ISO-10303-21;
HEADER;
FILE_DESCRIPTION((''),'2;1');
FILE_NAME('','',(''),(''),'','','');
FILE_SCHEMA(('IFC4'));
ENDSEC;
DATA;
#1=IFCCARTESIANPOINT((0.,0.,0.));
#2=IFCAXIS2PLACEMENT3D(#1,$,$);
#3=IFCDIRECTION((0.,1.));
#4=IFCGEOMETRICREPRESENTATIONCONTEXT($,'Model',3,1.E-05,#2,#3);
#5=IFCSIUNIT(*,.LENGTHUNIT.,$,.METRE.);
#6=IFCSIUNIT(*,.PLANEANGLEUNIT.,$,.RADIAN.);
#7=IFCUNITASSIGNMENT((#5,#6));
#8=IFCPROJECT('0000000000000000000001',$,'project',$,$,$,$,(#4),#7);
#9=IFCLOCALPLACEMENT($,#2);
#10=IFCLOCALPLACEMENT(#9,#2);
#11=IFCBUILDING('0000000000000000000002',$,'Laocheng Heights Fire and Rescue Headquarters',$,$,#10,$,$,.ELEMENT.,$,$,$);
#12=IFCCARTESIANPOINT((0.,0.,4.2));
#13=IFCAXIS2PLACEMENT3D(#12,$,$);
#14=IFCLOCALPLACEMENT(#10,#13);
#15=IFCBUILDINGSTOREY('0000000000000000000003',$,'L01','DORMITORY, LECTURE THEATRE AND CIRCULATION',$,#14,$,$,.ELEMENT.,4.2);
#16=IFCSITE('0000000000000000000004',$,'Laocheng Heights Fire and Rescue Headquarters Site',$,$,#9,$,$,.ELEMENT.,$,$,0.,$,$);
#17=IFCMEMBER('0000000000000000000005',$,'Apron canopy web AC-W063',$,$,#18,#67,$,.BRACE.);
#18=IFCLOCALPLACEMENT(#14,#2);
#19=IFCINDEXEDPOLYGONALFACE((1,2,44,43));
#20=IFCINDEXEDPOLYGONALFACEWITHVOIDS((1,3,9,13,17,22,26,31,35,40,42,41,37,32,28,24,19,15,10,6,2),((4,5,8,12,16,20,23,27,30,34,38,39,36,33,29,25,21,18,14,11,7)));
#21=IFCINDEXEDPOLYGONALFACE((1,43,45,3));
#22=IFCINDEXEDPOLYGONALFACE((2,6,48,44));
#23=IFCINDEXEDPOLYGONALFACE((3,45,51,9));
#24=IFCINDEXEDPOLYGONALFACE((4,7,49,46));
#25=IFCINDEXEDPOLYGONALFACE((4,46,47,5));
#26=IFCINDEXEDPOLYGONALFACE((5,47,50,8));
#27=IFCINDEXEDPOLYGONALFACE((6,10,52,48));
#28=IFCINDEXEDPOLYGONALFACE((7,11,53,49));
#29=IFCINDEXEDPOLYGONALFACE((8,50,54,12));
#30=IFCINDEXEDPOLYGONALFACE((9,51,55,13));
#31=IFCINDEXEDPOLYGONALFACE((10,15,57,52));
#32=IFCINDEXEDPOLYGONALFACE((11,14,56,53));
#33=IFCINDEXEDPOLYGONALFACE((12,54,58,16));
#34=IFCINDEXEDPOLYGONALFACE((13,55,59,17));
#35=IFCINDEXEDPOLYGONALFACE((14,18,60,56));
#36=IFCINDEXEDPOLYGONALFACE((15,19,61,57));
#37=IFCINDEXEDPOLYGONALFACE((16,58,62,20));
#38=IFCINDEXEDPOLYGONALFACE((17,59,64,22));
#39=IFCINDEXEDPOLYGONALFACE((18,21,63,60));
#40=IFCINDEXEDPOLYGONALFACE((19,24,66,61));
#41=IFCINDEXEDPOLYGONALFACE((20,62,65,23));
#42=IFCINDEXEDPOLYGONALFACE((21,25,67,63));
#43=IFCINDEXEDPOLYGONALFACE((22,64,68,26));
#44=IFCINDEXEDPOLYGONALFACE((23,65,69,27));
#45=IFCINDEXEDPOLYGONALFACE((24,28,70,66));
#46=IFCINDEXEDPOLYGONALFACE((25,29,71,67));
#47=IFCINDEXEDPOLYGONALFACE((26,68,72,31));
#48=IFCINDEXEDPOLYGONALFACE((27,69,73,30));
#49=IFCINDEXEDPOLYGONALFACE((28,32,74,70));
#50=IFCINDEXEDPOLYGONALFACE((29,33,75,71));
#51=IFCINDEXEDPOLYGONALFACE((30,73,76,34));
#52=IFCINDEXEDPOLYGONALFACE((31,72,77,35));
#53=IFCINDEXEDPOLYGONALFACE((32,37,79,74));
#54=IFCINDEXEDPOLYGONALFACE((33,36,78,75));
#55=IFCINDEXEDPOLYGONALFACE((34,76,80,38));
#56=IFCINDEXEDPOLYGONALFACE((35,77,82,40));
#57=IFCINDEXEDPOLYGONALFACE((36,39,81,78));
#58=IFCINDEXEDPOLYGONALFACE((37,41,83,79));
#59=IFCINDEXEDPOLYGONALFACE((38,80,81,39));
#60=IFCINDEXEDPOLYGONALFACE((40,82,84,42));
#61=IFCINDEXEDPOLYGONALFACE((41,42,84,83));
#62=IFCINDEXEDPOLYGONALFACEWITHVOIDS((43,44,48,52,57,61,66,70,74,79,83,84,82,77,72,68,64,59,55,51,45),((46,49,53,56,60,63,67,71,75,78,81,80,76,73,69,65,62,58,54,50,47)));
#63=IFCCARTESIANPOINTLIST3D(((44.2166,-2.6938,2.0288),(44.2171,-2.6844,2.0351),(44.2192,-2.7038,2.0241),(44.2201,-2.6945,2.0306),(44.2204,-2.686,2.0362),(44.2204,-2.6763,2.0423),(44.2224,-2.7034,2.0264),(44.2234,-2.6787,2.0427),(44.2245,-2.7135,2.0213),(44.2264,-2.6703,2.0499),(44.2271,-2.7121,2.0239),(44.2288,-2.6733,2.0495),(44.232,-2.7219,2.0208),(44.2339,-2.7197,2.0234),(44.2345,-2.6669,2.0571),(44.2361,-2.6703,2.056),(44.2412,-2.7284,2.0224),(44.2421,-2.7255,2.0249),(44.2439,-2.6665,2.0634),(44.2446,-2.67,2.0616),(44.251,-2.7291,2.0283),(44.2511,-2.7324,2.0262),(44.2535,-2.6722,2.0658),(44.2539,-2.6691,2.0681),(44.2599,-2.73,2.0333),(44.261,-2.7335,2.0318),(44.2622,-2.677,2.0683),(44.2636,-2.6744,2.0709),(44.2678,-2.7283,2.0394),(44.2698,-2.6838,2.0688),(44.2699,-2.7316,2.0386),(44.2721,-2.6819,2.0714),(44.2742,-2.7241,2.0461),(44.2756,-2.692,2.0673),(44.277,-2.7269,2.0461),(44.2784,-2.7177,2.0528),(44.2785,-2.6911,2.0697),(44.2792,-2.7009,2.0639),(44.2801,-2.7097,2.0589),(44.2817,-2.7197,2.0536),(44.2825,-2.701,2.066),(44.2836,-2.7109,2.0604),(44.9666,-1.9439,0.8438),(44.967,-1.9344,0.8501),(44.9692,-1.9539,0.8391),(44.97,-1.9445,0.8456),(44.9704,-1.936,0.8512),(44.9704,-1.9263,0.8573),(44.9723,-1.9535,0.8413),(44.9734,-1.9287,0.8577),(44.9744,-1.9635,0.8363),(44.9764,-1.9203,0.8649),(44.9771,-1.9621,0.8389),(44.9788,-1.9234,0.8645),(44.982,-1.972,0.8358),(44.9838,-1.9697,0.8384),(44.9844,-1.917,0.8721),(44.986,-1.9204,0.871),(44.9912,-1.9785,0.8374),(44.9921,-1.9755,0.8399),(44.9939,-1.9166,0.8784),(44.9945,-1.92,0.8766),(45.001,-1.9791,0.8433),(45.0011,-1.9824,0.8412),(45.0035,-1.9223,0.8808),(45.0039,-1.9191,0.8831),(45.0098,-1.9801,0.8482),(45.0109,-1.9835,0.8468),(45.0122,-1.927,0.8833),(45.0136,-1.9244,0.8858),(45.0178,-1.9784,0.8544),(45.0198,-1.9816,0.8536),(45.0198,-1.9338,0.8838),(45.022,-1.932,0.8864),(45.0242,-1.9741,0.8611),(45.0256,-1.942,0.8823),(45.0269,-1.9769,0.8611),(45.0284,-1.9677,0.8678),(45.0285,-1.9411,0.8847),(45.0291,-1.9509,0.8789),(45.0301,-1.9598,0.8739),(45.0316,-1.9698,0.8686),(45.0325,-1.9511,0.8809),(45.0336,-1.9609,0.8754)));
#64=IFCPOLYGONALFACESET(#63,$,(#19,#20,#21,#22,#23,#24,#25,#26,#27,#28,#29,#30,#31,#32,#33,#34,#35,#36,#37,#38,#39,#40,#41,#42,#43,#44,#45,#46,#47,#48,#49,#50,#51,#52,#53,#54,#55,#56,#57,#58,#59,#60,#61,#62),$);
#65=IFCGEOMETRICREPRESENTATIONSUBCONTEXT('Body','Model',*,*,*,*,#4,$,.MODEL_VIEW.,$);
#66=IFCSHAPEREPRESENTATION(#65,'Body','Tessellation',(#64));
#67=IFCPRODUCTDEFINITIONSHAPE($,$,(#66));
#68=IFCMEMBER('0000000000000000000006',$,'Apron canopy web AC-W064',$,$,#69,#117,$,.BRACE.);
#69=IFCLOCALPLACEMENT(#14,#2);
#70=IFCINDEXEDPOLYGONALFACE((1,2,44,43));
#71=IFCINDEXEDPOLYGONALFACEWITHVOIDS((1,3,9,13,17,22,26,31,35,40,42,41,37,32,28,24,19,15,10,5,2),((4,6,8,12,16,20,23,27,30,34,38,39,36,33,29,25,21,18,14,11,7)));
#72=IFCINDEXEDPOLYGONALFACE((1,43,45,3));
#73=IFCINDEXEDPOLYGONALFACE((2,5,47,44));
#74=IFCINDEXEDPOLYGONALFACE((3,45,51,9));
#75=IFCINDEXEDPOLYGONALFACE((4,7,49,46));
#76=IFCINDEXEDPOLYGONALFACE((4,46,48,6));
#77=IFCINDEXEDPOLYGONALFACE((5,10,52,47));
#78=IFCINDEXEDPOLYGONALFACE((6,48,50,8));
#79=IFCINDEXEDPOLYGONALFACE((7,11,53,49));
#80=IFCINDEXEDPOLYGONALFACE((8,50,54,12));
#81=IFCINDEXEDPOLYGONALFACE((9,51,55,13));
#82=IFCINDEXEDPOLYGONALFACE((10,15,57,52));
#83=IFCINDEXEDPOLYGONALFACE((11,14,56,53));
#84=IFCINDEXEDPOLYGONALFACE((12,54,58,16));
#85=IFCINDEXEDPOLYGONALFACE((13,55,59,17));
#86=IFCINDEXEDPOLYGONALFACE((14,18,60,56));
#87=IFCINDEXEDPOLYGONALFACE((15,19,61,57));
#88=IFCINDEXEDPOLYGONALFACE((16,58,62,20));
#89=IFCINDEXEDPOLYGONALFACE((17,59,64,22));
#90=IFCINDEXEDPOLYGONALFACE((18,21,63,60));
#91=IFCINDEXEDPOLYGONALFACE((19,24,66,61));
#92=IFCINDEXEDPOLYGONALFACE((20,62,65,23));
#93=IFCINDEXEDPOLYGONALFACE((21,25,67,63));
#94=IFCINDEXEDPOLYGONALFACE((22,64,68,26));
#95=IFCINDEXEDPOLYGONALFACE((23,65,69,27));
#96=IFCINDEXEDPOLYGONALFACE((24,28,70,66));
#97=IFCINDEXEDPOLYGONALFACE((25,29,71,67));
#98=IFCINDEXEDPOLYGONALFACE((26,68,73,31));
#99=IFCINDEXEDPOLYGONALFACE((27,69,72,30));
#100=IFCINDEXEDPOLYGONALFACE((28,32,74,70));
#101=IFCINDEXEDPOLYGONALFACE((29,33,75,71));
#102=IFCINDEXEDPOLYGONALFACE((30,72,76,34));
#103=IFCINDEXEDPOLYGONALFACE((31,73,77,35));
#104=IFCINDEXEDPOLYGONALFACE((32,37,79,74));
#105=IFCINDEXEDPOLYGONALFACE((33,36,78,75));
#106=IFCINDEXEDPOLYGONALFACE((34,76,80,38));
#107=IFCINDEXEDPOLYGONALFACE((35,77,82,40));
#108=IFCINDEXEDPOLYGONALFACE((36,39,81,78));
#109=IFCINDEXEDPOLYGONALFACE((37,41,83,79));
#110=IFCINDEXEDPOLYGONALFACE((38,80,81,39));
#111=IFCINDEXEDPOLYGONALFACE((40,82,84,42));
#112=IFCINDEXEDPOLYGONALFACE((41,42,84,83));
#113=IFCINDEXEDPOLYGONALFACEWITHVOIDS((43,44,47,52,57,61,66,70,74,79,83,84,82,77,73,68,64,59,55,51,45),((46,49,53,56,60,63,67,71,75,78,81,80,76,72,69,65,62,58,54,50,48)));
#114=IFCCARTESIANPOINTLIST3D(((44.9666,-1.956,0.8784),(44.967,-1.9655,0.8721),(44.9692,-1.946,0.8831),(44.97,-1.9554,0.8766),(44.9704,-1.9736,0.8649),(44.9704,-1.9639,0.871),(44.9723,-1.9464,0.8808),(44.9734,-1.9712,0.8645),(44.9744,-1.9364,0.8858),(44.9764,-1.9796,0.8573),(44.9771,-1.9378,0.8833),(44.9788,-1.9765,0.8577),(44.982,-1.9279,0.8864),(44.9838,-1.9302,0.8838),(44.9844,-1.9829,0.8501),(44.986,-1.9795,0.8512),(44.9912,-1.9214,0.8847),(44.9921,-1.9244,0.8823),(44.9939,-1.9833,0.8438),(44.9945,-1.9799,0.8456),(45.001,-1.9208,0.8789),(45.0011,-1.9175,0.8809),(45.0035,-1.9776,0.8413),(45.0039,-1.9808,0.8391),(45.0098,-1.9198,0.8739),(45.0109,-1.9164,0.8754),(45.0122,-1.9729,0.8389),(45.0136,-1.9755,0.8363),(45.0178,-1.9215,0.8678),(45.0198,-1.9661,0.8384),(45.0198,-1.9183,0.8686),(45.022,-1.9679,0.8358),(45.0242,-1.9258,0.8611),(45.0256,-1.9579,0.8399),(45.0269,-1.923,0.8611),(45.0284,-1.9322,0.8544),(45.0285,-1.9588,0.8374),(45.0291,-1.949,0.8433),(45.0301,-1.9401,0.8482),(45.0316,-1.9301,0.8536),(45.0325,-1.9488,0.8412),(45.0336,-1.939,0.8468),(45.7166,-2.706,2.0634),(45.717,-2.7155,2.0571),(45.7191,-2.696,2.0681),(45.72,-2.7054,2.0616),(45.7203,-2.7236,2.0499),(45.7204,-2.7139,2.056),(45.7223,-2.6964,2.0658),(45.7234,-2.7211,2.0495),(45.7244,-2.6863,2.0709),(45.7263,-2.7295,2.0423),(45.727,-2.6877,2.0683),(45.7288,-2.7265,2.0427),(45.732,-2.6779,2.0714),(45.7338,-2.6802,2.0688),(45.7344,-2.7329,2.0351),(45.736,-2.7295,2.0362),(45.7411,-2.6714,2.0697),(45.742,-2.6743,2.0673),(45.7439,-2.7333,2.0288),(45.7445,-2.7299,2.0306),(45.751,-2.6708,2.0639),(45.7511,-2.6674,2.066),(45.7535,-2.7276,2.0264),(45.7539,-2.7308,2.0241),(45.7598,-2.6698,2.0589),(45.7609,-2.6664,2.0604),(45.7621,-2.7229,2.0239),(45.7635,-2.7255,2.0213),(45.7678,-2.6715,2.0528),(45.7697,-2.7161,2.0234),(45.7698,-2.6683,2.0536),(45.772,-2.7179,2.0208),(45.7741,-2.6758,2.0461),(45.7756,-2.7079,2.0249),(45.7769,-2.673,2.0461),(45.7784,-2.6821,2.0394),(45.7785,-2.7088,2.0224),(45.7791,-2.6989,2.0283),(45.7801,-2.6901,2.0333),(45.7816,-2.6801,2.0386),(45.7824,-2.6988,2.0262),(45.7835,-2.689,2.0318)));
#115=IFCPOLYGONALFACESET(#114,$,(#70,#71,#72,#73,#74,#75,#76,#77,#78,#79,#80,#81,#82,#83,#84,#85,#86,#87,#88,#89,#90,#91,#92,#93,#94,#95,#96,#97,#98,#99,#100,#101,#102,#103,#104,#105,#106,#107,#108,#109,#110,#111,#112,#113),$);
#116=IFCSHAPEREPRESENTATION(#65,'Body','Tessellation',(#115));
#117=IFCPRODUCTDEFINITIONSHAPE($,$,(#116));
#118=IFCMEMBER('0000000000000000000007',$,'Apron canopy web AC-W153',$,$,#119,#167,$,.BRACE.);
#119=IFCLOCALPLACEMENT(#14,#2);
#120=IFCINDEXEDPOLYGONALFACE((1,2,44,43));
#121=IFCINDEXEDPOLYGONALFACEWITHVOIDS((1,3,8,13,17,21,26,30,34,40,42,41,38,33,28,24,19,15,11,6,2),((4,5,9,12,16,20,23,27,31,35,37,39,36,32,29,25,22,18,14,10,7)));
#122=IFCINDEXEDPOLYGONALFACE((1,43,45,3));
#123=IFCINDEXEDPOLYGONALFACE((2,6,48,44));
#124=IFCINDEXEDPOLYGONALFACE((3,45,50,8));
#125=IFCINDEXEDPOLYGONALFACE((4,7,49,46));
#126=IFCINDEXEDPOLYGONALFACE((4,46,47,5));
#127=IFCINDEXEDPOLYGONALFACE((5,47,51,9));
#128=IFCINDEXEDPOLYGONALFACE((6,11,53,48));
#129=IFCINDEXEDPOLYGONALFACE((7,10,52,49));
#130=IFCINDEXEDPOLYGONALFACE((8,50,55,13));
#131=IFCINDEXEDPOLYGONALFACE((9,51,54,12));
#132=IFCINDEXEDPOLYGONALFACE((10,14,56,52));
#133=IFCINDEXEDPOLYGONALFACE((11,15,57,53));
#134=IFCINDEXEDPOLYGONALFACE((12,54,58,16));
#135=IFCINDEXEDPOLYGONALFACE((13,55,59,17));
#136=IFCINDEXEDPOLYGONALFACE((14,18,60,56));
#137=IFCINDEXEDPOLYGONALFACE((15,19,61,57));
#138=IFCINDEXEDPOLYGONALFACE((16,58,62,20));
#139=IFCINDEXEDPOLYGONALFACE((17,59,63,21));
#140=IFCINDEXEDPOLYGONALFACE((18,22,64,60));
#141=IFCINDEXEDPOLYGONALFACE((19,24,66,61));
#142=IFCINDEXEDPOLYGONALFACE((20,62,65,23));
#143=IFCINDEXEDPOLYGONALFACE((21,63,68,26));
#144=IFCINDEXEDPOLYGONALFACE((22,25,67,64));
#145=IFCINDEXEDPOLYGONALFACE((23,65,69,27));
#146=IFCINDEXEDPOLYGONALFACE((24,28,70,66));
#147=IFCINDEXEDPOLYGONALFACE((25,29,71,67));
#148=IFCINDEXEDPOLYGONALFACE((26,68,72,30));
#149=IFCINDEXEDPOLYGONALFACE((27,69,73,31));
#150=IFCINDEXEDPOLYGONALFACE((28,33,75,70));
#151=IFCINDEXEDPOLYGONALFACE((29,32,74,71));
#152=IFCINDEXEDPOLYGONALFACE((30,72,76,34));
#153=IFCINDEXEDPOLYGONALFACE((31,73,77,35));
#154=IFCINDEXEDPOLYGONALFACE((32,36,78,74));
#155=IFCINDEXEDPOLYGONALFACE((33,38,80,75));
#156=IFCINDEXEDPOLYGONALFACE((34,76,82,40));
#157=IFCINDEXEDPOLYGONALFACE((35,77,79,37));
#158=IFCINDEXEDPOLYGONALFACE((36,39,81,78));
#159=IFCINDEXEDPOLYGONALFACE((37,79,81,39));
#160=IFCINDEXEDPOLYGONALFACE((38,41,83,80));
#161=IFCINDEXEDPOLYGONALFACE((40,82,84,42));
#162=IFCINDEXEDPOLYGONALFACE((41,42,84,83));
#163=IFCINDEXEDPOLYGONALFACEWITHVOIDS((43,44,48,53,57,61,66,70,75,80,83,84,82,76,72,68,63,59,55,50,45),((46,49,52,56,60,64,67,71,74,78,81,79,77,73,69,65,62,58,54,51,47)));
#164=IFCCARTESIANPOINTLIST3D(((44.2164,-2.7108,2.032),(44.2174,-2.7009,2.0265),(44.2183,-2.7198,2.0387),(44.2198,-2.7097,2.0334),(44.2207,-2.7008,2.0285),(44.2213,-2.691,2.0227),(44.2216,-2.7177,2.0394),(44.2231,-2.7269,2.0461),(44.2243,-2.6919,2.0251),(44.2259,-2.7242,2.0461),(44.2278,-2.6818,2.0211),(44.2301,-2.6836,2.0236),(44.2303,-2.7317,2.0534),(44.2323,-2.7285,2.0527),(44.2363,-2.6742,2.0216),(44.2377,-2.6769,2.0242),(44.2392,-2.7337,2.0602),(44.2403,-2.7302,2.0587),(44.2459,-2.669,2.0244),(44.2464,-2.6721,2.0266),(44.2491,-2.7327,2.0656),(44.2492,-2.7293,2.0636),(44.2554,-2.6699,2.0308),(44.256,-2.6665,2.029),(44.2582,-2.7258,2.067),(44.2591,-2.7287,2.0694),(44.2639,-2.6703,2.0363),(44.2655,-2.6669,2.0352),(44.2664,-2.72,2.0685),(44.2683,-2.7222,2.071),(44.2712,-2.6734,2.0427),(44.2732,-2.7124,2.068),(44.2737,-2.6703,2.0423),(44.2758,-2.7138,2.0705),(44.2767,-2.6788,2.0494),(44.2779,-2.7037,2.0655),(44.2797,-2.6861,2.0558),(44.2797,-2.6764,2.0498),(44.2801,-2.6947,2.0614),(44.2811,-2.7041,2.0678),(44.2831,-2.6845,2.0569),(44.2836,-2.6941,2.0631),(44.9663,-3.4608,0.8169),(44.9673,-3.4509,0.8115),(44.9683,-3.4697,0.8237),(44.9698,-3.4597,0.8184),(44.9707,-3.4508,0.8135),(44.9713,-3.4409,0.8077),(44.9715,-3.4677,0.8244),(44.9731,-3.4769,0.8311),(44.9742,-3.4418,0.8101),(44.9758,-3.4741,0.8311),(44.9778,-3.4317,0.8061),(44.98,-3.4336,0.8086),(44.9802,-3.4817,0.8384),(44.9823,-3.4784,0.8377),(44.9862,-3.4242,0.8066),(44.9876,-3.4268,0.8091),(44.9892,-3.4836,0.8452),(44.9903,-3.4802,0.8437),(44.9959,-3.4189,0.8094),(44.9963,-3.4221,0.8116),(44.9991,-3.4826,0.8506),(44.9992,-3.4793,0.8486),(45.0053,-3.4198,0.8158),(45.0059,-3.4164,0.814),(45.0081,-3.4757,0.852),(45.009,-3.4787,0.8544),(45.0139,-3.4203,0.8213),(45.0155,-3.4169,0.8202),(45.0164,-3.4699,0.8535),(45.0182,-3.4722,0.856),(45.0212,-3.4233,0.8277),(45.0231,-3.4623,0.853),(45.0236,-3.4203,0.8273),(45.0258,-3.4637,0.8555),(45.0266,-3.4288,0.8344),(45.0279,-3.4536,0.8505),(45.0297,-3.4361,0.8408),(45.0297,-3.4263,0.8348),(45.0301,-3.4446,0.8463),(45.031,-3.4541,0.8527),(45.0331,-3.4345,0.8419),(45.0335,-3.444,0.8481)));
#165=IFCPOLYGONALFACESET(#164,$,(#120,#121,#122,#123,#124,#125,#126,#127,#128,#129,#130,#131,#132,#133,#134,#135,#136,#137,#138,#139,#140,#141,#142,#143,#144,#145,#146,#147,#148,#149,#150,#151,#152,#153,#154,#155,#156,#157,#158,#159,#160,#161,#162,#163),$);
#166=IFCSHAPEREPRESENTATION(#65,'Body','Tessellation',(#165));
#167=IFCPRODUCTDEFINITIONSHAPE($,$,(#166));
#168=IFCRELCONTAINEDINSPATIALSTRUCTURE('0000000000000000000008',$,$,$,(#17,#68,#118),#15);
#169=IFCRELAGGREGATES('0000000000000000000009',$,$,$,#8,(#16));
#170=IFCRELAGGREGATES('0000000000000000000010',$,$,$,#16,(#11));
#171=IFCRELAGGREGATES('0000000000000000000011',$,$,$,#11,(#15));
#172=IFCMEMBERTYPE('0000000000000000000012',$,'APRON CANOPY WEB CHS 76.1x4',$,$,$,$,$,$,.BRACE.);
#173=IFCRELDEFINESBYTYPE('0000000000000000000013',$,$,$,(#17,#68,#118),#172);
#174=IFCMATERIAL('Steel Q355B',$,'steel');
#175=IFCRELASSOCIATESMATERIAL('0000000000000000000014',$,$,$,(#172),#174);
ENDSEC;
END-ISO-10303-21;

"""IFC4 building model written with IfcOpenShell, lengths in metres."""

from ifc_helpers import new_model, si_unit, direction, frame, origin, origin_2d, place, context, subcontext, project, spatial, hollow_circle, extrude, material, material_profile, profile_set, type_object, element, save


model = new_model("IFC4")

# Units and contexts
model_context = context("Model", 3, precision=1e-05, world=origin(), true_north=direction((0.0, 1.0)))
body_context = subcontext(model_context, "Body", "Model", "MODEL_VIEW")
ifc_project = project(units=[si_unit("LENGTHUNIT", "METRE"), si_unit("PLANEANGLEUNIT", "RADIAN")], contexts=[model_context])

# Site, building, storey
site_placement = place(None, origin())
site = spatial("IfcSite", under=ifc_project, at=site_placement, Name="Laocheng Heights Fire and Rescue Headquarters Site", CompositionType="ELEMENT", RefElevation=0.0)
building_placement = place(site_placement, origin())
building = spatial("IfcBuilding", under=site, at=building_placement, Name="Laocheng Heights Fire and Rescue Headquarters", CompositionType="ELEMENT")
storey_placement = place(building_placement, frame((0.0, 0.0, 4.2)))
storey = spatial("IfcBuildingStorey", under=building, at=storey_placement, Name="L01", Description="DORMITORY, LECTURE THEATRE AND CIRCULATION", CompositionType="ELEMENT", Elevation=4.2)

# Members
ifc_material_1 = material(Name="Steel Q355B", Category="steel")
ifc_material_profile_1 = material_profile(ifc_material_1, hollow_circle(Radius=0.0381, WallThickness=0.0039, at=origin_2d()), Name="CHS 76.1x4")
ifc_profile_set_1 = profile_set([ifc_material_profile_1], Name="Steel Q355B")
member_type_1 = type_object("IfcMemberType", Name="APRON CANOPY WEB CHS 76.1x4", PredefinedType="BRACE", material=ifc_profile_set_1)
for number, where, z_axis, x_axis, name in (
    (1, (45.0, -1.95, 0.8611), (-0.47158, -0.47158, 0.745134), (0.707107, -0.707107, 0.0), "Apron canopy web AC-W063"),
    (2, (45.0, -1.95, 0.8611), (0.47158, -0.47158, 0.745134), (0.707107, 0.707107, 0.0), "Apron canopy web AC-W064"),
):
    element("IfcMember", number, at=place(storey_placement, frame(where, z_axis=z_axis, x_axis=x_axis)), inside=storey, type_object=member_type_1, Name=name, PredefinedType="BRACE", context=body_context, shape_type="SweptSolid", body=[
        extrude(hollow_circle(Radius=0.0381, WallThickness=0.0039, at=origin_2d()), origin(), (0.0, 0.0, 1.0), 1.5903),
    ])
for number, where, z_axis, x_axis, name in (
    (3, (45.0, -3.45, 0.8311), (-0.465002, 0.465002, 0.753357), (-0.707107, -0.707107, 0.0), "Apron canopy web AC-W153"),
):
    element("IfcMember", number, at=place(storey_placement, frame(where, z_axis=z_axis, x_axis=x_axis)), inside=storey, type_object=member_type_1, Name=name, PredefinedType="BRACE", context=body_context, shape_type="SweptSolid", body=[
        extrude(hollow_circle(Radius=0.0381, WallThickness=0.0039, at=origin_2d()), origin(), (0.0, 0.0, 1.0), 1.6128),
    ])

save(model, "model.ifc")
